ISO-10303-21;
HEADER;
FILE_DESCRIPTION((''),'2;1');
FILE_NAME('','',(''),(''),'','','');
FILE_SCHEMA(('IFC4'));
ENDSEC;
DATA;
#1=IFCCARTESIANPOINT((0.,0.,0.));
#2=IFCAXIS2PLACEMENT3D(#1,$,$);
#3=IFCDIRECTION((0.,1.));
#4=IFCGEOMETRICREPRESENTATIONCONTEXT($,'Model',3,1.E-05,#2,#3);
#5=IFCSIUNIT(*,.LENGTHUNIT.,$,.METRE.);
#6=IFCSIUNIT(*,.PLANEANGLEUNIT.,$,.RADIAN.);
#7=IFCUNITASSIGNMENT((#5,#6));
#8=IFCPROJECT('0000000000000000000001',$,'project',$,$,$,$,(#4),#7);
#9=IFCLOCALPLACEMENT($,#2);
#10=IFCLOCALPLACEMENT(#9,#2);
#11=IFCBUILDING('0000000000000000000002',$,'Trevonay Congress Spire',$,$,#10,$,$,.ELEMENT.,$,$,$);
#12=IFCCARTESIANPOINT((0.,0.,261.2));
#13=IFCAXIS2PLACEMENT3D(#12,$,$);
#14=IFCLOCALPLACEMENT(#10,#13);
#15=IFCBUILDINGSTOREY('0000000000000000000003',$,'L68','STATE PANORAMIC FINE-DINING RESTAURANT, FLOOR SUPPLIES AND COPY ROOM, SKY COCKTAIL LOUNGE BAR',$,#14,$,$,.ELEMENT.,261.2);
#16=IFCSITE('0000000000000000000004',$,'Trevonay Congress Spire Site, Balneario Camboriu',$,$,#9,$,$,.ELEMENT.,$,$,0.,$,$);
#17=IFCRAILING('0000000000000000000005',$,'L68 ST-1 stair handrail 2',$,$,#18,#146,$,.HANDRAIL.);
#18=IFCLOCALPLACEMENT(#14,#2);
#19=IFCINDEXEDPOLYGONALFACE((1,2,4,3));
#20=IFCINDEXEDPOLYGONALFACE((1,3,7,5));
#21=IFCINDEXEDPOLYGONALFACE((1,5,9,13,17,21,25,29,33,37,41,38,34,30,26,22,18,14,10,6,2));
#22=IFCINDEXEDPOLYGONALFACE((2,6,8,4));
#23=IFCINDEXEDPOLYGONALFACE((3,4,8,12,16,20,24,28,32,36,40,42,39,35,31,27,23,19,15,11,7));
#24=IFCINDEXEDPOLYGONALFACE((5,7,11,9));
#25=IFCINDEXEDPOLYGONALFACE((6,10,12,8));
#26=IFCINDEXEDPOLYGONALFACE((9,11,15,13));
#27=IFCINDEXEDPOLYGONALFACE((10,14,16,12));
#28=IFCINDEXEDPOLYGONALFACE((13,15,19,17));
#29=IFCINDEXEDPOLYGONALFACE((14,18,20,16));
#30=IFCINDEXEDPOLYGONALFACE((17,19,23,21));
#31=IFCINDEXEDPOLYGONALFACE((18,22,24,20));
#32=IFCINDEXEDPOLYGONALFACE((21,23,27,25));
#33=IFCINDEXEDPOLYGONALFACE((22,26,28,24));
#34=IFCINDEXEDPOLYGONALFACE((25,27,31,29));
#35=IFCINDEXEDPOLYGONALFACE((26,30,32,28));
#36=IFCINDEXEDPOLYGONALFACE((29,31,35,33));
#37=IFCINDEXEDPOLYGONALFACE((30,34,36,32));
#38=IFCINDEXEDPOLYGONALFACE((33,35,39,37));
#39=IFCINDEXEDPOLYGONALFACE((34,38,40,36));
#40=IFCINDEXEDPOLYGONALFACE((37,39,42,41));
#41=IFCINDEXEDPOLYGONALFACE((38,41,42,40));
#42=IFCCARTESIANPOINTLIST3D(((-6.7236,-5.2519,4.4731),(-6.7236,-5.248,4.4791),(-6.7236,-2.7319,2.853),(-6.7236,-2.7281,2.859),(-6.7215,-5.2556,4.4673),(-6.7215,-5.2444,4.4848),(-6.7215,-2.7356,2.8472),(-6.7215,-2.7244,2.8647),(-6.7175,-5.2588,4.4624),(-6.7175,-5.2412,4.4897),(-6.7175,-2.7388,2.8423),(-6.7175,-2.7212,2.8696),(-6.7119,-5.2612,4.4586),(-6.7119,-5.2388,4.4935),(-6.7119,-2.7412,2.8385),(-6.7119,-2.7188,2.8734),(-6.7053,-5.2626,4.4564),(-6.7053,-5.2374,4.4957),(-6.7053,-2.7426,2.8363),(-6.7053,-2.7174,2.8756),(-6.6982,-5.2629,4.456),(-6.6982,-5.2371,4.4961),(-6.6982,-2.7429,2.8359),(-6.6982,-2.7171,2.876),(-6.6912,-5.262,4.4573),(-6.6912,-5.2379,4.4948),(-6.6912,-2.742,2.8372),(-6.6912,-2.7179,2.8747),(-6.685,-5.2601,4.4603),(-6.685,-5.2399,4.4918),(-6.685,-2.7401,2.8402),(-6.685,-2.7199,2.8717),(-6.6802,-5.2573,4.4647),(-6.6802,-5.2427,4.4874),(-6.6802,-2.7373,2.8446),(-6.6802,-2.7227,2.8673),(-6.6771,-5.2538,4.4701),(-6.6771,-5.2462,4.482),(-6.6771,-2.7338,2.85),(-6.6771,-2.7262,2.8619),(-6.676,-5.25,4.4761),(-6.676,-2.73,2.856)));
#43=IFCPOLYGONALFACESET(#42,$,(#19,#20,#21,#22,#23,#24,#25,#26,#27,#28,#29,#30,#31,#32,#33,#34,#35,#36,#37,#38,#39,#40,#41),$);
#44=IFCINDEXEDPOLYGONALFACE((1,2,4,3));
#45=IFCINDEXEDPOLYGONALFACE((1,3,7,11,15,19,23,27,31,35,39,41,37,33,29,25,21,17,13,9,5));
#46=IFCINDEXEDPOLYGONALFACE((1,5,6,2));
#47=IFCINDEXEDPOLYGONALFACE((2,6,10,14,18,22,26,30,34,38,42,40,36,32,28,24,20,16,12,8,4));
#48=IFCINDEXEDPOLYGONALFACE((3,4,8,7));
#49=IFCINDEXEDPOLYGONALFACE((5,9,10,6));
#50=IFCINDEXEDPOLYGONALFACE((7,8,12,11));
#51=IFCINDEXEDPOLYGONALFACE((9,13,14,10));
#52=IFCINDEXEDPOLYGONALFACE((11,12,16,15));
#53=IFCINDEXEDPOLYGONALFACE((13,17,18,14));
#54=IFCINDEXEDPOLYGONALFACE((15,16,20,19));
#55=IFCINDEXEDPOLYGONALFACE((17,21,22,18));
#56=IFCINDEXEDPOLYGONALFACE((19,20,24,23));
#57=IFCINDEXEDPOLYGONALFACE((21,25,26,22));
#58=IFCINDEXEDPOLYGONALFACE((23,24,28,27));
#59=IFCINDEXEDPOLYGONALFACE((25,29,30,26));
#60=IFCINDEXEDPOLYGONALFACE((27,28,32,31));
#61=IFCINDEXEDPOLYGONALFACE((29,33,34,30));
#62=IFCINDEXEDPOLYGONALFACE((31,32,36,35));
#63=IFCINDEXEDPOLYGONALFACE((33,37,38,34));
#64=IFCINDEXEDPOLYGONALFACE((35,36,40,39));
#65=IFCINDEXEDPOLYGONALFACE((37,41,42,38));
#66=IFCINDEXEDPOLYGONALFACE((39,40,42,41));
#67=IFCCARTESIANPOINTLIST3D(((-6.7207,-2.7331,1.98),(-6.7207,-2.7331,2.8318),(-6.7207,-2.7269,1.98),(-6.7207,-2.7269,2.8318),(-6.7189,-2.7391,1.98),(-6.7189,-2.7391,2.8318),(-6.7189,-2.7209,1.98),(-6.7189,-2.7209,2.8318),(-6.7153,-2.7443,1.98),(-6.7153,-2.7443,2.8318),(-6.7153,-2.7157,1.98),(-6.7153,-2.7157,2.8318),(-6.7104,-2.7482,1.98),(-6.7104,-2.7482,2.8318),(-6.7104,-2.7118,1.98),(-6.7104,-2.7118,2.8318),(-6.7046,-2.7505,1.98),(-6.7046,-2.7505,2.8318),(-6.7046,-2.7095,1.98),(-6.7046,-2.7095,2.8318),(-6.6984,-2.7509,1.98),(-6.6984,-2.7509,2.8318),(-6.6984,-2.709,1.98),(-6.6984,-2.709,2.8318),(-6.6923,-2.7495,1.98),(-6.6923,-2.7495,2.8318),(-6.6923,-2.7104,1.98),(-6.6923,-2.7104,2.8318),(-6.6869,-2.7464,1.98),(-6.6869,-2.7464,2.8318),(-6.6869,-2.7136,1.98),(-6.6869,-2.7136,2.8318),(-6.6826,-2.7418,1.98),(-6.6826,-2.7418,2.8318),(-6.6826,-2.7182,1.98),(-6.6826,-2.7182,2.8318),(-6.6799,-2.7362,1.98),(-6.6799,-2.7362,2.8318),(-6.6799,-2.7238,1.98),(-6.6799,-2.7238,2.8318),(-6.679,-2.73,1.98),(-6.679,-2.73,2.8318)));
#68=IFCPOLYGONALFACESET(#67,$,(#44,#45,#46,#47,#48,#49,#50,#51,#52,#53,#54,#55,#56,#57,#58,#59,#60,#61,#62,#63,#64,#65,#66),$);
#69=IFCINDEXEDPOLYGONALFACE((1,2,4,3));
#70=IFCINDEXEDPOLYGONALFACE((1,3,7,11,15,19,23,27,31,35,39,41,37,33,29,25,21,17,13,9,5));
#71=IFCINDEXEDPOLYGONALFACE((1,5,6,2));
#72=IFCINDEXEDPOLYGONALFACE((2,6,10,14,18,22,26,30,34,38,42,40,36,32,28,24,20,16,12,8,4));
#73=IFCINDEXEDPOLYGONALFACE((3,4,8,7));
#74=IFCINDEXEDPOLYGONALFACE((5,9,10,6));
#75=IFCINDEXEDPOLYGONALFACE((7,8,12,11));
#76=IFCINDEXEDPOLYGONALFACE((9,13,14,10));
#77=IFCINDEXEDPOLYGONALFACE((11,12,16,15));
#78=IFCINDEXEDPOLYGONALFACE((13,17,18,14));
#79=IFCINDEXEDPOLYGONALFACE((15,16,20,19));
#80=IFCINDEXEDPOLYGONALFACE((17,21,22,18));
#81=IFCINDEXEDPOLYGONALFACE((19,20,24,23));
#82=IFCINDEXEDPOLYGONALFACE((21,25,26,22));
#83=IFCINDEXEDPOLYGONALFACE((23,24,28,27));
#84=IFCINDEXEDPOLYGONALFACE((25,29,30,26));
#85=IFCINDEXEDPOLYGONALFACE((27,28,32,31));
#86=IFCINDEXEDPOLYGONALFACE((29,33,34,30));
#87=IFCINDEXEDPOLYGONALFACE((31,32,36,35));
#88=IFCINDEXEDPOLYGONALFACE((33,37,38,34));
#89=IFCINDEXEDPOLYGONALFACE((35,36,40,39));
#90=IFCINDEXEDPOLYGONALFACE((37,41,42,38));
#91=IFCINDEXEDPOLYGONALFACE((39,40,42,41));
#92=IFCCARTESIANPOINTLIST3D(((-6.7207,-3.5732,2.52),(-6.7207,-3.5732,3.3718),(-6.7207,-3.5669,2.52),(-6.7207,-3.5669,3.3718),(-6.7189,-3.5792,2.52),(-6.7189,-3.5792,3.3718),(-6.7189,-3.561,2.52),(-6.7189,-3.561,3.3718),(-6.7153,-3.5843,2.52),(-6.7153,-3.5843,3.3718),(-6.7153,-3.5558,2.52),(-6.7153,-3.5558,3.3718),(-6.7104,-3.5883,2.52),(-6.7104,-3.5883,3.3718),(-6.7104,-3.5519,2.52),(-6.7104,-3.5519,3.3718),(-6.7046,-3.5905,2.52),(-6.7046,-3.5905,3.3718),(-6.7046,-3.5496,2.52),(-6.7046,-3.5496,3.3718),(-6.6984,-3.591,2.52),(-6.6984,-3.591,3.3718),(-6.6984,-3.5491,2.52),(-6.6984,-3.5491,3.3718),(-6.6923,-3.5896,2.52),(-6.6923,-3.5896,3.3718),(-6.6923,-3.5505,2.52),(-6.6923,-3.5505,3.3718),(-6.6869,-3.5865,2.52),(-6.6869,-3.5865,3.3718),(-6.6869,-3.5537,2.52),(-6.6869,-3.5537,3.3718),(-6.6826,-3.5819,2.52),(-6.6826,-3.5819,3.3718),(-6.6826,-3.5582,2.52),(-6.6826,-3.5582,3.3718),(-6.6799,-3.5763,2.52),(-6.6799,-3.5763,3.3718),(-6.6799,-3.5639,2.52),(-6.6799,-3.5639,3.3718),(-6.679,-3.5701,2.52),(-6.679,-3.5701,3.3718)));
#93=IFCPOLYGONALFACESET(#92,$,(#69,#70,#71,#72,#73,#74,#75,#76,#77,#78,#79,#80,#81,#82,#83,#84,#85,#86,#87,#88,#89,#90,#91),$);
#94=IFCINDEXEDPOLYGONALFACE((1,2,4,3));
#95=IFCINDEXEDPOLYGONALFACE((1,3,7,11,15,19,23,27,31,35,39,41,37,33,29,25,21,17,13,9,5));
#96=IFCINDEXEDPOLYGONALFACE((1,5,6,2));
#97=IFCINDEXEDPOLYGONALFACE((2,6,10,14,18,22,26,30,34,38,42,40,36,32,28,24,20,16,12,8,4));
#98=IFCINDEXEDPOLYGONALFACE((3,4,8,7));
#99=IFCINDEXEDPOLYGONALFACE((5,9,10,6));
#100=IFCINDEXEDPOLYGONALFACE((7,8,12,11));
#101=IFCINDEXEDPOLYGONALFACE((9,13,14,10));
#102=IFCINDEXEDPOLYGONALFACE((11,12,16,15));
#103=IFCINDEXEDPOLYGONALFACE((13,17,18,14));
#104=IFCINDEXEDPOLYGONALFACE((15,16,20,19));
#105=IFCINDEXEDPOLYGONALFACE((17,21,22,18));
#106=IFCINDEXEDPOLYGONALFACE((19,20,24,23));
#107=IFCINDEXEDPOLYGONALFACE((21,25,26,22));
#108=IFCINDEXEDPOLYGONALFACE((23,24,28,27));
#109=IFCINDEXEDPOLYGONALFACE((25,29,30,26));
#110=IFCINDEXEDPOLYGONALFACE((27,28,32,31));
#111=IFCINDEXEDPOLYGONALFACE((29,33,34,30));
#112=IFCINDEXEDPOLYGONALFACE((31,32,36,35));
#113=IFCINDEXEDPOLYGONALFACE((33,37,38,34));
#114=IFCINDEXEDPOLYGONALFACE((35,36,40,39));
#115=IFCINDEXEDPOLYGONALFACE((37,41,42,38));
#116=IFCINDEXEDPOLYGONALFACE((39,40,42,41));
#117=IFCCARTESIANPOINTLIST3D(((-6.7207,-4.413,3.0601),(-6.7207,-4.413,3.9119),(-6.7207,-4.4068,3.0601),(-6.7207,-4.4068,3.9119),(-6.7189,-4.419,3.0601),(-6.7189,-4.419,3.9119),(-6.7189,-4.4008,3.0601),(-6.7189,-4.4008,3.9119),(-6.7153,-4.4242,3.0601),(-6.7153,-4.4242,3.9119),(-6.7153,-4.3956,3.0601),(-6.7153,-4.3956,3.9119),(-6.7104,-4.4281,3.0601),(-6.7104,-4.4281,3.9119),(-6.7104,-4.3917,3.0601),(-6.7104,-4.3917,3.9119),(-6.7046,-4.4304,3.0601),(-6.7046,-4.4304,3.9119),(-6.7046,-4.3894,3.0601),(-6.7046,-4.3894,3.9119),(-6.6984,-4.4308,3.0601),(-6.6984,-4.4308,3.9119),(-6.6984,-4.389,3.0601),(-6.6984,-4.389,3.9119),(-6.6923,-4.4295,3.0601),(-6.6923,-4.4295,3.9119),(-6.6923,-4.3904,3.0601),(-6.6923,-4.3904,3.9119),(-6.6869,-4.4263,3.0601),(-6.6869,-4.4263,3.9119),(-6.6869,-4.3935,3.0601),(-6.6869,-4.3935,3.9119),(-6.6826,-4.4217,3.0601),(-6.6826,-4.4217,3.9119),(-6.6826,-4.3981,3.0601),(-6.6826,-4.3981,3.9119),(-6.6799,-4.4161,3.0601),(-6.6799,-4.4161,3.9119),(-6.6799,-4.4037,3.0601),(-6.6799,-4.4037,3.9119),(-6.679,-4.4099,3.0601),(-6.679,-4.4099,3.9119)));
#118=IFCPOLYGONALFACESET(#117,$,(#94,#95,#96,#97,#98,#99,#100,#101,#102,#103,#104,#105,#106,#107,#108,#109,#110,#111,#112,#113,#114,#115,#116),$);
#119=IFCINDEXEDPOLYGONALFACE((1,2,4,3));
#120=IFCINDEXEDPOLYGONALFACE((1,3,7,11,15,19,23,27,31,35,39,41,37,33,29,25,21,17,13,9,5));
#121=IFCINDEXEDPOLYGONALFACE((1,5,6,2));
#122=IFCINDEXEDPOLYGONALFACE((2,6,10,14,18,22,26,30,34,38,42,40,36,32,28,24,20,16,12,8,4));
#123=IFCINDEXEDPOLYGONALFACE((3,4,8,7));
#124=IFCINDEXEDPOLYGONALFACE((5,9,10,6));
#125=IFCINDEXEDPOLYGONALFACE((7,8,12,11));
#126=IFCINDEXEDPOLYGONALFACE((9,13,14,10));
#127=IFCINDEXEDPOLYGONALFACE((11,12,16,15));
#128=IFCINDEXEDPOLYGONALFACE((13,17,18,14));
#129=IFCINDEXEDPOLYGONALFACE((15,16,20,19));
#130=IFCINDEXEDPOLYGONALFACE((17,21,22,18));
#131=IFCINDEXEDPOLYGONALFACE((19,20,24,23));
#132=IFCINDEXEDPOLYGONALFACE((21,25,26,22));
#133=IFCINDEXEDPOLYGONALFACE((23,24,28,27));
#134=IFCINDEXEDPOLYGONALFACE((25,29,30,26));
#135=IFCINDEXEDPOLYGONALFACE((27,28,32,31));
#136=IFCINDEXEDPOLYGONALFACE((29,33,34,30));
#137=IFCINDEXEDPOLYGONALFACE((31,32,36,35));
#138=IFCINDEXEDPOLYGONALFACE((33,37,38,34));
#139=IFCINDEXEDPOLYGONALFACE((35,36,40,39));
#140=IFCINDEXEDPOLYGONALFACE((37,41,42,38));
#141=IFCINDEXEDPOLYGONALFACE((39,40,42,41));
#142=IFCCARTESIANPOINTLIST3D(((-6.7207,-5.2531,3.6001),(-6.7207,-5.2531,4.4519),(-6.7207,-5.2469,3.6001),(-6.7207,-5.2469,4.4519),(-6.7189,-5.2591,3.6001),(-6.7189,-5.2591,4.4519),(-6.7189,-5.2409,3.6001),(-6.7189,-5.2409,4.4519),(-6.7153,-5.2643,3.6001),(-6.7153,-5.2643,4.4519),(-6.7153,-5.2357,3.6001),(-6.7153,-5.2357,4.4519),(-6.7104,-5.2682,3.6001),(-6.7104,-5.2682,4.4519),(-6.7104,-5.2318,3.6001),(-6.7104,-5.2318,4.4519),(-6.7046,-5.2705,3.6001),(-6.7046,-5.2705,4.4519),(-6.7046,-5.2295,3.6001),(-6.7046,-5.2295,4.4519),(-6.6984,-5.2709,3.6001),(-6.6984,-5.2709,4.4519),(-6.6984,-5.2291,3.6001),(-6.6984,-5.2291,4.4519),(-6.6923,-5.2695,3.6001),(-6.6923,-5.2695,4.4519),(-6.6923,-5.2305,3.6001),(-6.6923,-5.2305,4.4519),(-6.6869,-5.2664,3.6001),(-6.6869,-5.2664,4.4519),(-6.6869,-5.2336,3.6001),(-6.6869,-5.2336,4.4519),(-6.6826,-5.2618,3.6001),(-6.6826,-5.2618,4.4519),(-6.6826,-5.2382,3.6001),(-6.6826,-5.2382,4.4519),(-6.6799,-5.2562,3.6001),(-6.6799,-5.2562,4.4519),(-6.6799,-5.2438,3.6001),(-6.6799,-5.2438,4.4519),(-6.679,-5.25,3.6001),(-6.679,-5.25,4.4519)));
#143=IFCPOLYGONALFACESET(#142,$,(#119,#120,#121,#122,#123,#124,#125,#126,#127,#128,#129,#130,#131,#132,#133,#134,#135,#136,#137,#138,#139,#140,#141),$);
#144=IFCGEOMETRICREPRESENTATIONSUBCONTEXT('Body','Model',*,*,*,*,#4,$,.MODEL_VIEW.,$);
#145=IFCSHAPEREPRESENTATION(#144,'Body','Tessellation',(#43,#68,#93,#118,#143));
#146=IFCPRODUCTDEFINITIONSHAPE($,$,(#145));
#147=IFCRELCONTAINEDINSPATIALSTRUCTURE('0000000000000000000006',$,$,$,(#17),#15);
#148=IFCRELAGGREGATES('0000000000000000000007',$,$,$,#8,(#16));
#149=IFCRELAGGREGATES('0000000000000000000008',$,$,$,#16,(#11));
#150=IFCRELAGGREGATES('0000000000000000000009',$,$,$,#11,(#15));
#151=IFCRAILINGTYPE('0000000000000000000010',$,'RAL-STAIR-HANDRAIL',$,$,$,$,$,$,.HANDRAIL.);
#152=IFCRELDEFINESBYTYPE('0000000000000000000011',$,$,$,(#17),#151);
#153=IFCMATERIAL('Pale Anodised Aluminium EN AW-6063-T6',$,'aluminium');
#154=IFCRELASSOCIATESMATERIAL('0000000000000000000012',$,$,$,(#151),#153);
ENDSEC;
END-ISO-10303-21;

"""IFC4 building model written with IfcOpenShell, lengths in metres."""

from ifc_helpers import new_model, si_unit, direction, frame, origin, origin_2d, place, context, subcontext, project, spatial, circle, extrude, material, type_object, element, save


model = new_model("IFC4")

# Units and contexts
model_context = context("Model", 3, precision=1e-05, world=origin(), true_north=direction((0.0, 1.0)))
body_context = subcontext(model_context, "Body", "Model", "MODEL_VIEW")
ifc_project = project(units=[si_unit("LENGTHUNIT", "METRE"), si_unit("PLANEANGLEUNIT", "RADIAN")], contexts=[model_context])

# Site, building, storey
site_placement = place(None, origin())
site = spatial("IfcSite", under=ifc_project, at=site_placement, Name="Trevonay Congress Spire Site, Balneario Camboriu", CompositionType="ELEMENT", RefElevation=0.0)
building_placement = place(site_placement, origin())
building = spatial("IfcBuilding", under=site, at=building_placement, Name="Trevonay Congress Spire", CompositionType="ELEMENT")
storey_placement = place(building_placement, frame((0.0, 0.0, 261.2)))
storey = spatial("IfcBuildingStorey", under=building, at=storey_placement, Name="L68", Description="STATE PANORAMIC FINE-DINING RESTAURANT, FLOOR SUPPLIES AND COPY ROOM, SKY COCKTAIL LOUNGE BAR", CompositionType="ELEMENT", Elevation=261.2)

# Railing
ifc_material_1 = material(Name="Pale Anodised Aluminium EN AW-6063-T6", Category="aluminium")
railing_type_1 = type_object("IfcRailingType", Name="RAL-STAIR-HANDRAIL", PredefinedType="HANDRAIL", material=ifc_material_1)
railing_1_placement = place(storey_placement, frame((-6.7, -2.73, 1.98)))
element("IfcRailing", 1, at=railing_1_placement, inside=storey, type_object=railing_type_1, Name="L68 ST-1 stair handrail 2", PredefinedType="HANDRAIL", context=body_context, shape_type="SweptSolid", body=[
    extrude(circle(Radius=0.0239, at=origin_2d()), frame((0.0, 0.0, 0.876), z_axis=(0.0, -0.841163, 0.540782), x_axis=(1.0, 0.0, 0.0)), (0.0, 0.0, 1.0), 2.9958),
    extrude(circle(Radius=0.021, at=origin_2d()), origin(), (0.0, 0.0, 1.0), 0.8518),
    extrude(circle(Radius=0.021, at=origin_2d()), frame((0.0, -0.8401, 0.54)), (0.0, 0.0, 1.0), 0.8518),
    extrude(circle(Radius=0.021, at=origin_2d()), frame((0.0, -1.6799, 1.0801)), (0.0, 0.0, 1.0), 0.8518),
    extrude(circle(Radius=0.021, at=origin_2d()), frame((0.0, -2.52, 1.6201)), (0.0, 0.0, 1.0), 0.8518),
])

save(model, "model.ifc")
